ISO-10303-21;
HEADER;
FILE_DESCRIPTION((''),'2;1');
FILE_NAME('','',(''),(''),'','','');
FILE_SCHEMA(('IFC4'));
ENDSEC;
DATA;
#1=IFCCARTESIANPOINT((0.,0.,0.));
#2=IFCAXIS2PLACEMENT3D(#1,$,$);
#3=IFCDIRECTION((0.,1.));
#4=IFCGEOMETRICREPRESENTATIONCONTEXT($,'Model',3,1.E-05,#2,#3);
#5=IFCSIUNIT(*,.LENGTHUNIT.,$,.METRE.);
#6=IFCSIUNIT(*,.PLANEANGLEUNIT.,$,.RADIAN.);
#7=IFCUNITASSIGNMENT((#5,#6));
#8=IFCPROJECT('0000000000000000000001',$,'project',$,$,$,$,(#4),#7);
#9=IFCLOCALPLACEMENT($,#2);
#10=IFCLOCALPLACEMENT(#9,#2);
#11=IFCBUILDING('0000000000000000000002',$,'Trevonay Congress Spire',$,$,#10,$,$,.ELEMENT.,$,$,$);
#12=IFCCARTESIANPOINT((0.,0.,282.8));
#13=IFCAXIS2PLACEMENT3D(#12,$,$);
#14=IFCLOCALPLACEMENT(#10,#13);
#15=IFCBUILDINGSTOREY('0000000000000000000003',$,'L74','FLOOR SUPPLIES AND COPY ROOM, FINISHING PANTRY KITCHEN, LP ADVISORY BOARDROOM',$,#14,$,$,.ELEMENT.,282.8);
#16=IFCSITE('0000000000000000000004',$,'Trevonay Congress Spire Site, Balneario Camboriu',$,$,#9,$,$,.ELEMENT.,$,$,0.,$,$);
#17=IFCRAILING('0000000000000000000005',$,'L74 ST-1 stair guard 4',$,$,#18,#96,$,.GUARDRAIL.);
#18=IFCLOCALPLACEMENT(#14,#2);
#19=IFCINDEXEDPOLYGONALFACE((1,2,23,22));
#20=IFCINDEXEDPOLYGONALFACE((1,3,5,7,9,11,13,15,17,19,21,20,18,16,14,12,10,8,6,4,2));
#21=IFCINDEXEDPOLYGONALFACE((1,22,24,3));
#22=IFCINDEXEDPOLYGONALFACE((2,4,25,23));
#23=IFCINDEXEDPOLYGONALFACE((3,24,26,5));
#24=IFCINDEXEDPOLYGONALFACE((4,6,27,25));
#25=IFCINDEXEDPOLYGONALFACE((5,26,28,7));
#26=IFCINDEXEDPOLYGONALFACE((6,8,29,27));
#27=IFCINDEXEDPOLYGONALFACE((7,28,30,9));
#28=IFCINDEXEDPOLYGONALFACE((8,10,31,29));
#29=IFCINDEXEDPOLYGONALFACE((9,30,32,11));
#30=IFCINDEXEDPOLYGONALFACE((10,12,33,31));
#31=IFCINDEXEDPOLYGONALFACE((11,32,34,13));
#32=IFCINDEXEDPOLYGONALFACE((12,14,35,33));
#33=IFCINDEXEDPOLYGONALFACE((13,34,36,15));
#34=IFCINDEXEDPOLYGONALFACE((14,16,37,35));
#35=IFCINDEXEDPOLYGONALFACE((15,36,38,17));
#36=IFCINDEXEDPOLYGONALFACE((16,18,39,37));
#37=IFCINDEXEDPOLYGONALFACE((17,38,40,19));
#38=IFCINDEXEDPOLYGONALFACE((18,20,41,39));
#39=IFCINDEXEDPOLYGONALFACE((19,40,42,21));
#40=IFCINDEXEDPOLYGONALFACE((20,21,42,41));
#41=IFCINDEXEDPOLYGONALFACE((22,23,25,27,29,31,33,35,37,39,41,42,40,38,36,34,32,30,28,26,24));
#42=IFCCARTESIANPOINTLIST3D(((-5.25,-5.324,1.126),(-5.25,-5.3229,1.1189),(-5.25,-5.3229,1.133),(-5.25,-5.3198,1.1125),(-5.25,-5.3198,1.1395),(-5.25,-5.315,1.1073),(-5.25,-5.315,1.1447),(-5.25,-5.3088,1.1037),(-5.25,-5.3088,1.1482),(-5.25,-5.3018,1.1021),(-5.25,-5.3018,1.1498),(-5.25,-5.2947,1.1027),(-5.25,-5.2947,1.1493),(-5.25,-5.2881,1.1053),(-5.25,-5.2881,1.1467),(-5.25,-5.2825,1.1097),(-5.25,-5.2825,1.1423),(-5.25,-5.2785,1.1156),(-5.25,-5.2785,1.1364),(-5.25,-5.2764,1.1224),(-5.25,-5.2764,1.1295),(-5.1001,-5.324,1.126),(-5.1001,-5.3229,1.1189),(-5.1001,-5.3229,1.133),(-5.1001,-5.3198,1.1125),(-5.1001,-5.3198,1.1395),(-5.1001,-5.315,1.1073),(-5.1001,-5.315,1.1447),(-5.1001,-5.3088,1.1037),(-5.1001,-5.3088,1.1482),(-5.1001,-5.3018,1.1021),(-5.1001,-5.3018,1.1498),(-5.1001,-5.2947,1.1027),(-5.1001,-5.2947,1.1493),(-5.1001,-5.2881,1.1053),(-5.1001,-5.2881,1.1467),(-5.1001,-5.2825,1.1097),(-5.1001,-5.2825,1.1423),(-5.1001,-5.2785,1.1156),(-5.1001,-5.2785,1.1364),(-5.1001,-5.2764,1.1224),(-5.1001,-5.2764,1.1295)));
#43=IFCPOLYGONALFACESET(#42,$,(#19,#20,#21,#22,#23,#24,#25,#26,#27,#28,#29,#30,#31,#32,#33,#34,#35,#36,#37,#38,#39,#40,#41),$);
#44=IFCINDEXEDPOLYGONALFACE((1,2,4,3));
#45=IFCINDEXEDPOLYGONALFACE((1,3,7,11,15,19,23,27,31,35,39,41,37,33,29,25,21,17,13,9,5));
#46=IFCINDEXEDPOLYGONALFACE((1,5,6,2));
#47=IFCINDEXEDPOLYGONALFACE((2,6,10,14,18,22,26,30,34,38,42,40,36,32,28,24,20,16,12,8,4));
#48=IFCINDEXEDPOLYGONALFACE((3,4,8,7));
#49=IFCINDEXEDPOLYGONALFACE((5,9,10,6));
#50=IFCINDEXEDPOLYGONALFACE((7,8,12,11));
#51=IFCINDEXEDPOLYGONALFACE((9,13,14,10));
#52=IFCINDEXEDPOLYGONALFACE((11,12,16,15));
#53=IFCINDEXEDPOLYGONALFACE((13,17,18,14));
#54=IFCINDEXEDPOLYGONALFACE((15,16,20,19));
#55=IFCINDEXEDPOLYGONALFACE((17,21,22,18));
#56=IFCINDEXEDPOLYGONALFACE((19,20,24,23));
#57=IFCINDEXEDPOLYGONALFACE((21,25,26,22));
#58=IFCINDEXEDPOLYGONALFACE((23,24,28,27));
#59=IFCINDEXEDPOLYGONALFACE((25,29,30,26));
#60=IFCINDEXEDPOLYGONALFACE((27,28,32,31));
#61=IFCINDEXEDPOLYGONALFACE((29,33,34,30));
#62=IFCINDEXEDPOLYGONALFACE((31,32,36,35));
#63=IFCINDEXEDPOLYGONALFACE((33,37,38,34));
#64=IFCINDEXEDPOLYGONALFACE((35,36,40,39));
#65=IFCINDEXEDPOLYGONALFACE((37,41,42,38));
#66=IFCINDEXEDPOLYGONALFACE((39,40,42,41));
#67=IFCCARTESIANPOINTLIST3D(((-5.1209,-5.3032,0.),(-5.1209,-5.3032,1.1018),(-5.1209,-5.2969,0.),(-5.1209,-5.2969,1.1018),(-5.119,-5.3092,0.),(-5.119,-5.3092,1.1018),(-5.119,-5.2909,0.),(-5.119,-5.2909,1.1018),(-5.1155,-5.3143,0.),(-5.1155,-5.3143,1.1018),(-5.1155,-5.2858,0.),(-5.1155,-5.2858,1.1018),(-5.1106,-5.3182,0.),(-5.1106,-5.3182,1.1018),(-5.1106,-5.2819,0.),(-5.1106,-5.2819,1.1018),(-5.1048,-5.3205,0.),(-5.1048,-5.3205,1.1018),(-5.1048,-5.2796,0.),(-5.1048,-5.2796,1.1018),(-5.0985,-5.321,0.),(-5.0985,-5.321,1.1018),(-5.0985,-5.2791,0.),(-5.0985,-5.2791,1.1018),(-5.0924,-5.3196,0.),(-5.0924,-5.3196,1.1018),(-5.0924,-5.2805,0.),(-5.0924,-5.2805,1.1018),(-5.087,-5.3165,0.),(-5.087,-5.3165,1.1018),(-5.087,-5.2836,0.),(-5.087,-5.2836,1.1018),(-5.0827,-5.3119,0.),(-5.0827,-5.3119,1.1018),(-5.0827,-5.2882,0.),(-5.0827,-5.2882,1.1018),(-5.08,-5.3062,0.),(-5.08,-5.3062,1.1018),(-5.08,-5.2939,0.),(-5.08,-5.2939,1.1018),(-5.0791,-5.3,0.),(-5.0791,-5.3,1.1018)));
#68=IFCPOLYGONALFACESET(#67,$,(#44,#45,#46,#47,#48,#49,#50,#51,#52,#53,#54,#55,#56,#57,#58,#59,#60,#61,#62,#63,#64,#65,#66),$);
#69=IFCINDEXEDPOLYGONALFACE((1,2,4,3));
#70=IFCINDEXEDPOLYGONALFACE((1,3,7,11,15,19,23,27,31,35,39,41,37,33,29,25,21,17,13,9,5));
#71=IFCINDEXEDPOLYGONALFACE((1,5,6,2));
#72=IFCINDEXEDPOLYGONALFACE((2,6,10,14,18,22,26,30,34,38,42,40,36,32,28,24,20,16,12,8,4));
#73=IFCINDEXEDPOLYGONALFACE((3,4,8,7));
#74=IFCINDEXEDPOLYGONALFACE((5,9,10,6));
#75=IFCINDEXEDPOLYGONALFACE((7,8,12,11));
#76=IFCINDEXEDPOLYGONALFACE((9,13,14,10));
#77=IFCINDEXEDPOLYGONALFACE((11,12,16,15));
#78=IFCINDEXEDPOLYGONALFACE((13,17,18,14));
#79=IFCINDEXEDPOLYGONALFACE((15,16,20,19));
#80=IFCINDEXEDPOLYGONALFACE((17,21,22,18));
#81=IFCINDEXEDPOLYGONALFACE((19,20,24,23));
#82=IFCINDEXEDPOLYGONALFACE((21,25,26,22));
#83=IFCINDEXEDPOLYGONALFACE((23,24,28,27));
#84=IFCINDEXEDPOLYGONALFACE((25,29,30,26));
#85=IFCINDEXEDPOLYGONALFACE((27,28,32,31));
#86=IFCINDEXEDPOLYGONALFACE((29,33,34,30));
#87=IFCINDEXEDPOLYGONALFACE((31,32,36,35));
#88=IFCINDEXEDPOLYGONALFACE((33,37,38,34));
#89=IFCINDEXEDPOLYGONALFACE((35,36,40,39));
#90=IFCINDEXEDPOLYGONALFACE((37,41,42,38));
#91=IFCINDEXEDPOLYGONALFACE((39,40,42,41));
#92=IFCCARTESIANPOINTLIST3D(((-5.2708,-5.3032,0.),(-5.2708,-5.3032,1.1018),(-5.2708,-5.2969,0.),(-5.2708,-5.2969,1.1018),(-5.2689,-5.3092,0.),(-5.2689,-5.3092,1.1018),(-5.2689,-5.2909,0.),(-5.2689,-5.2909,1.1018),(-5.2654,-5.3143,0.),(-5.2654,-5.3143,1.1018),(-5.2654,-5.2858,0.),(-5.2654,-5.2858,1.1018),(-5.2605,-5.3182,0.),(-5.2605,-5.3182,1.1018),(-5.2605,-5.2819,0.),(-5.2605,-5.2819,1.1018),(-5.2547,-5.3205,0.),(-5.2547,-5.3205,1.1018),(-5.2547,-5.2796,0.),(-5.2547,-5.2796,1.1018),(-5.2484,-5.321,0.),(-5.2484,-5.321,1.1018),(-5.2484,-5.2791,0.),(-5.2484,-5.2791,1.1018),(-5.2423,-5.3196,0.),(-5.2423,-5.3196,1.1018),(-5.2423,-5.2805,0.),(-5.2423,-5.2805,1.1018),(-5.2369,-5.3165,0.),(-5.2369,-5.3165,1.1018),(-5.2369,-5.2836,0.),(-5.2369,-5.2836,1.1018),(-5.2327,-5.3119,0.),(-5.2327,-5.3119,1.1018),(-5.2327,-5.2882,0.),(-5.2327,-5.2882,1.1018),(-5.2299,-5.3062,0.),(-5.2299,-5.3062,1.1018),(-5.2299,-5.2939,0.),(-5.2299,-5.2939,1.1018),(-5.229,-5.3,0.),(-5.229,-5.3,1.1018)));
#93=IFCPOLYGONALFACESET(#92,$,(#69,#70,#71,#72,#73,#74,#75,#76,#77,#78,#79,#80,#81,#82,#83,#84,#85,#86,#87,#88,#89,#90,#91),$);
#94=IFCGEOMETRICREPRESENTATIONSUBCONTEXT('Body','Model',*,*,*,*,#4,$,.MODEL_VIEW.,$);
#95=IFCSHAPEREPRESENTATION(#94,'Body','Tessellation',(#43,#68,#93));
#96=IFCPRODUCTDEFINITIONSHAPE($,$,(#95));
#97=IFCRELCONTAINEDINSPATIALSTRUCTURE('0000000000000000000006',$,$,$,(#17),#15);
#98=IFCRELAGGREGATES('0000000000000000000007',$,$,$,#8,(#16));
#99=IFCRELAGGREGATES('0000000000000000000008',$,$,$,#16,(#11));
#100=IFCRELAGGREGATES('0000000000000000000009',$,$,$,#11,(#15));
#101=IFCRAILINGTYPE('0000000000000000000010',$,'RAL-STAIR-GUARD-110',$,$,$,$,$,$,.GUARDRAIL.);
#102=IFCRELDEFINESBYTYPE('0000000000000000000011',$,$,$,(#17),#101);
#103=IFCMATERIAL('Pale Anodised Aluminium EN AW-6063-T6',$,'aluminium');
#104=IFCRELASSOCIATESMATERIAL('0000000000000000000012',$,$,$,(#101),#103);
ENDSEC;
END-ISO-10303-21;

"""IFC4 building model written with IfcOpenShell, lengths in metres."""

from ifc_helpers import new_model, si_unit, direction, frame, origin, origin_2d, place, context, subcontext, project, spatial, circle, extrude, material, type_object, element, save


model = new_model("IFC4")

# Units and contexts
model_context = context("Model", 3, precision=1e-05, world=origin(), true_north=direction((0.0, 1.0)))
body_context = subcontext(model_context, "Body", "Model", "MODEL_VIEW")
ifc_project = project(units=[si_unit("LENGTHUNIT", "METRE"), si_unit("PLANEANGLEUNIT", "RADIAN")], contexts=[model_context])

# Site, building, storey
site_placement = place(None, origin())
site = spatial("IfcSite", under=ifc_project, at=site_placement, Name="Trevonay Congress Spire Site, Balneario Camboriu", CompositionType="ELEMENT", RefElevation=0.0)
building_placement = place(site_placement, origin())
building = spatial("IfcBuilding", under=site, at=building_placement, Name="Trevonay Congress Spire", CompositionType="ELEMENT")
storey_placement = place(building_placement, frame((0.0, 0.0, 282.8)))
storey = spatial("IfcBuildingStorey", under=building, at=storey_placement, Name="L74", Description="FLOOR SUPPLIES AND COPY ROOM, FINISHING PANTRY KITCHEN, LP ADVISORY BOARDROOM", CompositionType="ELEMENT", Elevation=282.8)

# Shared definitions
ifc_material_1 = material(Name="Pale Anodised Aluminium EN AW-6063-T6", Category="aluminium")

# Railing
railing_type_1 = type_object("IfcRailingType", Name="RAL-STAIR-GUARD-110", PredefinedType="GUARDRAIL", material=ifc_material_1)
railing_1_placement = place(storey_placement, frame((-5.1001, -5.3, 0.0)))
element("IfcRailing", 1, at=railing_1_placement, inside=storey, type_object=railing_type_1, Name="L74 ST-1 stair guard 4", PredefinedType="GUARDRAIL", context=body_context, shape_type="SweptSolid", body=[
    extrude(circle(Radius=0.0239, at=origin_2d()), frame((0.0, 0.0, 1.126), z_axis=(-1.0, 0.0, 0.0), x_axis=(0.0, -1.0, 0.0)), (0.0, 0.0, 1.0), 0.1499),
    extrude(circle(Radius=0.021, at=origin_2d()), origin(), (0.0, 0.0, 1.0), 1.1018),
    extrude(circle(Radius=0.021, at=origin_2d()), frame((-0.1499, 0.0, 0.0)), (0.0, 0.0, 1.0), 1.1018),
])

save(model, "model.ifc")
